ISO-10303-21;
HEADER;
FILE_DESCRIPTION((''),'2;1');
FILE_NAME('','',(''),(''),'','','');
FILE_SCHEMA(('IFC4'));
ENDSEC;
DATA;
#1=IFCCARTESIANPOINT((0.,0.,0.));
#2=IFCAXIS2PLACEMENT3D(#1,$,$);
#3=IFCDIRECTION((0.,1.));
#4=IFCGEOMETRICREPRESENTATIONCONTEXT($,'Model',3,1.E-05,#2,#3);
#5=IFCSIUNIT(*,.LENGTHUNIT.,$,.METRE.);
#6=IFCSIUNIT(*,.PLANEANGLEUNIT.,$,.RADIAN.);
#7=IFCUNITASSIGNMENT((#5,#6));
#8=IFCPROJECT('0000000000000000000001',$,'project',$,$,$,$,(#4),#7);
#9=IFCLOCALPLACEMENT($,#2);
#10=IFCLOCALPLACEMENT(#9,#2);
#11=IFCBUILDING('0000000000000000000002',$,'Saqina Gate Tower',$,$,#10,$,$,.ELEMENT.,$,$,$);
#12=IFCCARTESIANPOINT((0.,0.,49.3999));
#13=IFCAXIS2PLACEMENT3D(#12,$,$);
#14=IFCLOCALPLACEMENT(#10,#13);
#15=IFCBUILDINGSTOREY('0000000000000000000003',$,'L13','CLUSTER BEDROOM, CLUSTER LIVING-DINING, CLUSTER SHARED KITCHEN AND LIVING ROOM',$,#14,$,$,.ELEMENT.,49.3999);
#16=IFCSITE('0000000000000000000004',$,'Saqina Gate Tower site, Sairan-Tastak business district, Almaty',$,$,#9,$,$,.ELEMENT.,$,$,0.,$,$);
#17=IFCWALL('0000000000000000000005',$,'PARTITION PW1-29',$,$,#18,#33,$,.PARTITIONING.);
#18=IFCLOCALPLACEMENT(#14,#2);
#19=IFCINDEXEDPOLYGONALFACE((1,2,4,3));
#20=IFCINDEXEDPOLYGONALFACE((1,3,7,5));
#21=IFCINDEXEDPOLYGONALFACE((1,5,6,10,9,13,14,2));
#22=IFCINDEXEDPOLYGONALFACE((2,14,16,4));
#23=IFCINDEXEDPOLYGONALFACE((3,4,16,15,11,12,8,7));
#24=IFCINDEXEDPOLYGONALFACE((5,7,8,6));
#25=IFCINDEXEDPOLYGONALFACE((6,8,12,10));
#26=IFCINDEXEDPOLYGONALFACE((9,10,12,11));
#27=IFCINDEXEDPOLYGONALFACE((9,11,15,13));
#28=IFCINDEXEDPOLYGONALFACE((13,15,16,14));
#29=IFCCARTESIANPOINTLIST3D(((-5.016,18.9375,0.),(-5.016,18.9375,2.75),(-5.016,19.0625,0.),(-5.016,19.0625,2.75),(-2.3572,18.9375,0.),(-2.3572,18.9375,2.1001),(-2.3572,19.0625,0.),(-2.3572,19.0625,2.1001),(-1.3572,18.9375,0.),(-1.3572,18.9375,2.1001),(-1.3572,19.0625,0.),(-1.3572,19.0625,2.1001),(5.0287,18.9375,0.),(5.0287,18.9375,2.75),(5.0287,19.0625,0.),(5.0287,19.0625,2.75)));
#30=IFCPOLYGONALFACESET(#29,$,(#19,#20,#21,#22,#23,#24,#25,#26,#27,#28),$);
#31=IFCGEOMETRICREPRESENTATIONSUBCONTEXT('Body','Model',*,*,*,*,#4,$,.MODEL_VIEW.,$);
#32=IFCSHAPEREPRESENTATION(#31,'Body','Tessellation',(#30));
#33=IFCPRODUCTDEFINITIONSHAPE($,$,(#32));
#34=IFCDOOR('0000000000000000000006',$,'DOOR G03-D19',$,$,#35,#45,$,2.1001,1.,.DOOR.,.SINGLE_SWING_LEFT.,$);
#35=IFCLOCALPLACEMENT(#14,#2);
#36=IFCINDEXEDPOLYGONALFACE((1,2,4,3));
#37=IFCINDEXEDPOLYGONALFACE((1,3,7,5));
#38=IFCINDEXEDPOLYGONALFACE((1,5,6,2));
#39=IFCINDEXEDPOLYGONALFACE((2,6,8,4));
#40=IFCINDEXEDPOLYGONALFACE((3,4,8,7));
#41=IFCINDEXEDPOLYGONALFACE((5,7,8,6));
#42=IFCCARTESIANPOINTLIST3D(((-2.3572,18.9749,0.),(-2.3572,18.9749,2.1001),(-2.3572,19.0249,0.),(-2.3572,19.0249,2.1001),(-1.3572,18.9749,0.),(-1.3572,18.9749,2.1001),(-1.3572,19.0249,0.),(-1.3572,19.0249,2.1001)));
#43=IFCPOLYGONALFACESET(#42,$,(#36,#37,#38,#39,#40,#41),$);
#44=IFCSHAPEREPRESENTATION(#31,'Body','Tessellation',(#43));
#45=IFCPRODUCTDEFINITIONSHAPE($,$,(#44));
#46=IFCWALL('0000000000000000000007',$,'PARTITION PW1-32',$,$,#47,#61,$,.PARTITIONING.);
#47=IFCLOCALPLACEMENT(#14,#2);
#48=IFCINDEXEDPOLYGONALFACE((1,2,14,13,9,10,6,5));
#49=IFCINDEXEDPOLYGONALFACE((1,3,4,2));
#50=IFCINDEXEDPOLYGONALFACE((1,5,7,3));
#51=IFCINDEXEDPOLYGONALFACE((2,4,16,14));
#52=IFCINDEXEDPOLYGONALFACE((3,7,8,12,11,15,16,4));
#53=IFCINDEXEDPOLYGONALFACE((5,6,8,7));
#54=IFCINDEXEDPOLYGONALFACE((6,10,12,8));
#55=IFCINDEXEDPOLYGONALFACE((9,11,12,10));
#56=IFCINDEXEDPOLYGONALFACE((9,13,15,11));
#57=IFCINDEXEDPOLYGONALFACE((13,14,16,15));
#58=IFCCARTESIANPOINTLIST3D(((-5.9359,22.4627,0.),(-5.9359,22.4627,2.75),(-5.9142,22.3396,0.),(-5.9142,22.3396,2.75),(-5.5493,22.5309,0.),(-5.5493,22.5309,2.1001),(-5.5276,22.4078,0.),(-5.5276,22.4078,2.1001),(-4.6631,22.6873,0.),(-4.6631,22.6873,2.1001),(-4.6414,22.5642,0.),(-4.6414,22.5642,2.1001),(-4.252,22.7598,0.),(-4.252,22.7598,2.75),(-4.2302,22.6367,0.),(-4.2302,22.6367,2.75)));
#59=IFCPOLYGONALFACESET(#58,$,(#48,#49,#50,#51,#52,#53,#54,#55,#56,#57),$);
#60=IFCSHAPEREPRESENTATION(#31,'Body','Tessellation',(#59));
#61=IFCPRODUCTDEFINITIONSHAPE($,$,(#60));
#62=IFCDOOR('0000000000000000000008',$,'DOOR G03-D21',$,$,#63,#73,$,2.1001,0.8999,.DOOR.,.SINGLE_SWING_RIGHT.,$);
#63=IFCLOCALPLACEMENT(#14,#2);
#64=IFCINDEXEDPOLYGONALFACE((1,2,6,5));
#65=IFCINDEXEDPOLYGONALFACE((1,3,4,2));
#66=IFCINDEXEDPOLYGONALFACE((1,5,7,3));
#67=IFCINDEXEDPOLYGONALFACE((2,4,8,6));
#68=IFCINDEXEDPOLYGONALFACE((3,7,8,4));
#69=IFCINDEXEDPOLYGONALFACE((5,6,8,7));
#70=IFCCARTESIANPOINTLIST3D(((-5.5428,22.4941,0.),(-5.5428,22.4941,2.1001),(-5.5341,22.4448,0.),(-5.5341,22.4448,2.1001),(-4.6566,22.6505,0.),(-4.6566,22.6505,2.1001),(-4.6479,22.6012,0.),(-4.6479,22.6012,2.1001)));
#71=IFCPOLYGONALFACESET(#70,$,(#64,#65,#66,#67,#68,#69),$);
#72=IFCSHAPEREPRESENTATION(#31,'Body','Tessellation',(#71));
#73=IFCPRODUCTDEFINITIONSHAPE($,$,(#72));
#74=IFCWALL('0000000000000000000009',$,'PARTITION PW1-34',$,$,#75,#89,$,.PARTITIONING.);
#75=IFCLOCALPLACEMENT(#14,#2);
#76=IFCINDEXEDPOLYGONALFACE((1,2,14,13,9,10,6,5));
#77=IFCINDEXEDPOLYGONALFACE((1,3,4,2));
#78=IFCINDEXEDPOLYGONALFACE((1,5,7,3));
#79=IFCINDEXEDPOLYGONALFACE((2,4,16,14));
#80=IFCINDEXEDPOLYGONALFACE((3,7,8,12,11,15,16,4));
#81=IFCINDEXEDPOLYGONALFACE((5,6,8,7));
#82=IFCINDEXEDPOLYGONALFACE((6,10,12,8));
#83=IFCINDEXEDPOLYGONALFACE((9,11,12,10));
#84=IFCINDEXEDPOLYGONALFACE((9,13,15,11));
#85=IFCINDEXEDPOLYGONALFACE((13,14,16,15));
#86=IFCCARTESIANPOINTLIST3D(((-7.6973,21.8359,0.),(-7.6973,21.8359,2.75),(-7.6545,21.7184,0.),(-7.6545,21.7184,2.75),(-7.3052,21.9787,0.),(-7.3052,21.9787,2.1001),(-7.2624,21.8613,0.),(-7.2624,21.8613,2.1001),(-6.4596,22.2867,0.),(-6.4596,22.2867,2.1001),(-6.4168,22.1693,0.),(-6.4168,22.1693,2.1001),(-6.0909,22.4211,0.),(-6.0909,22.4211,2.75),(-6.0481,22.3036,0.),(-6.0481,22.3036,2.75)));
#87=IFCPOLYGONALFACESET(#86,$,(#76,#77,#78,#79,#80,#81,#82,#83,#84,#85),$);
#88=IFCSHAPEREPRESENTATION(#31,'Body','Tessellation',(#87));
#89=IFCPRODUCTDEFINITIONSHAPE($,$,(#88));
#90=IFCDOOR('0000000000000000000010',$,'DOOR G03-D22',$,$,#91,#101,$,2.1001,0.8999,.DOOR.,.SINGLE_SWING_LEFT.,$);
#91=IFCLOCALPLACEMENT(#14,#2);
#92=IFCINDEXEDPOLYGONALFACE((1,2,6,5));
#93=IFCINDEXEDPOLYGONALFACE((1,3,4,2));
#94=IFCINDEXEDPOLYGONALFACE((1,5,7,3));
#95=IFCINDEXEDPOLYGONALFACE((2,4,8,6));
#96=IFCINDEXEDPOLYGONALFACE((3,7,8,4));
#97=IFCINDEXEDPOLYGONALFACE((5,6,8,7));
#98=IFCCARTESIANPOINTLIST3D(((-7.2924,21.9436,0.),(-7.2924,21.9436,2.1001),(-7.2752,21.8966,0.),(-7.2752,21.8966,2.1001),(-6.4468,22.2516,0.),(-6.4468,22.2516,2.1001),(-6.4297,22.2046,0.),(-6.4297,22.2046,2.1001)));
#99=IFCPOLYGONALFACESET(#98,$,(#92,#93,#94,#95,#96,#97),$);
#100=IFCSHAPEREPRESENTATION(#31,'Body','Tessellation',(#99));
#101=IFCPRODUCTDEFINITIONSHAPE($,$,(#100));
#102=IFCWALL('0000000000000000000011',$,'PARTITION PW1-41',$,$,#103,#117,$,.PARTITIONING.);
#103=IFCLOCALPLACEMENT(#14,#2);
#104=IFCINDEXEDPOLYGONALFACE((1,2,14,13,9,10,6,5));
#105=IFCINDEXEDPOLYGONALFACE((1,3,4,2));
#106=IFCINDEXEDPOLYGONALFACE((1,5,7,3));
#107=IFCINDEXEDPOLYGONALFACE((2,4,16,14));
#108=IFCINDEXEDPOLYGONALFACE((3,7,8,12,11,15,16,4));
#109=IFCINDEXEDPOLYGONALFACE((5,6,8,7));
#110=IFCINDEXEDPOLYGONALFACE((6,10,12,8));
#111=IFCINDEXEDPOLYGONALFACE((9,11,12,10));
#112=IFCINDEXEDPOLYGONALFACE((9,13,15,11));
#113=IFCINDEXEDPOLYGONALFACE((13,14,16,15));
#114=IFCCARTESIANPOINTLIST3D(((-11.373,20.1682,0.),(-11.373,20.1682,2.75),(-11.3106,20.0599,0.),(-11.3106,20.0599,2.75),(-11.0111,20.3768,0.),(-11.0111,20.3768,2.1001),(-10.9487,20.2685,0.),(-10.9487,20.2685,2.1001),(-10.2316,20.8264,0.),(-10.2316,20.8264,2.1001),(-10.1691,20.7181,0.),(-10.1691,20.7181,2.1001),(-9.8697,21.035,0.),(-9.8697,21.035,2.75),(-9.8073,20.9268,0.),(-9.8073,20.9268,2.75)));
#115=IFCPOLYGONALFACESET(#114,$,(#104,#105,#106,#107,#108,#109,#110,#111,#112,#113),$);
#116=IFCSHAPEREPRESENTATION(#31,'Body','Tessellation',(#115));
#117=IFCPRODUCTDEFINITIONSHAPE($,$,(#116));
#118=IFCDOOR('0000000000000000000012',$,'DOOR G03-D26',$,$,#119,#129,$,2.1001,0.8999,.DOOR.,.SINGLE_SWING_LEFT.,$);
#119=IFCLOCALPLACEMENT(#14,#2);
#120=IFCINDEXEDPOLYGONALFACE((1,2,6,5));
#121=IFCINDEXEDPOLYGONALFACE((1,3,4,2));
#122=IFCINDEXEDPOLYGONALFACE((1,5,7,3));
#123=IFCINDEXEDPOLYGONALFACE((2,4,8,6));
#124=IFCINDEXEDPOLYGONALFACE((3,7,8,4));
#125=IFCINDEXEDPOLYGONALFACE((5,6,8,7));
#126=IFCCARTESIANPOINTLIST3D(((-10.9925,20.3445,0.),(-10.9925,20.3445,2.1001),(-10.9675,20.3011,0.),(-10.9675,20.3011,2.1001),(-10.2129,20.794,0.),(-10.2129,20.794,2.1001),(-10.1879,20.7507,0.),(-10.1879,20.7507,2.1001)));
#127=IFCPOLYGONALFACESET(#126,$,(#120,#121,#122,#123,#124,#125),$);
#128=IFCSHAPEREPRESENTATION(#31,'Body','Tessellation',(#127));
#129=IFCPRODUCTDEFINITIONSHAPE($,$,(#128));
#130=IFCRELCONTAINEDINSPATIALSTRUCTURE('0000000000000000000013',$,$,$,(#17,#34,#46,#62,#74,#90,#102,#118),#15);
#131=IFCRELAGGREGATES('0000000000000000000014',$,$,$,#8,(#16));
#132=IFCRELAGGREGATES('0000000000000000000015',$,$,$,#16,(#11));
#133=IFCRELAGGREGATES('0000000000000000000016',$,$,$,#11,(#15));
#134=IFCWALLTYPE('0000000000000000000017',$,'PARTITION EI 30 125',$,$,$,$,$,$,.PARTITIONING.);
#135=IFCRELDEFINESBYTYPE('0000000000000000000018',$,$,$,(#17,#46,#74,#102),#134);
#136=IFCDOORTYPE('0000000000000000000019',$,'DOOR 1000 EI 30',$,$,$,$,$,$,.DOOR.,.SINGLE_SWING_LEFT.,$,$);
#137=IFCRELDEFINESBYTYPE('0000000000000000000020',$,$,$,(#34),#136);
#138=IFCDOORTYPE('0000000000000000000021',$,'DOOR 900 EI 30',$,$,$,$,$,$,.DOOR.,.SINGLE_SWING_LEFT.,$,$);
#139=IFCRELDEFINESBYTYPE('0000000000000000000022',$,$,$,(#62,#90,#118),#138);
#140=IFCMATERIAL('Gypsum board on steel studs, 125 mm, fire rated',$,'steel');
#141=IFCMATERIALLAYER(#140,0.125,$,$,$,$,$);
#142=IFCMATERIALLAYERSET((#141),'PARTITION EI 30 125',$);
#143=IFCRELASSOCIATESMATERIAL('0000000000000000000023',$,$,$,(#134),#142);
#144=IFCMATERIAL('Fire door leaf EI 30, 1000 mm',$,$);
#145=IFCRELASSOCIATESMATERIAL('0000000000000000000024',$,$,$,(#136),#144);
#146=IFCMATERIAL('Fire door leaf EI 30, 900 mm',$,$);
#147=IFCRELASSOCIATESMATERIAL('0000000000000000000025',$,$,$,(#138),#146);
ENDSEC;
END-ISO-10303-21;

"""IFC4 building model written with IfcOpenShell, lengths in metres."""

from ifc_helpers import new_model, si_unit, direction, frame, frame_2d, origin, place, context, subcontext, project, spatial, rectangle, extrude, material, layer, layer_set, type_object, element, fill, save


model = new_model("IFC4")

# Units and contexts
model_context = context("Model", 3, precision=1e-05, world=origin(), true_north=direction((0.0, 1.0)))
body_context = subcontext(model_context, "Body", "Model", "MODEL_VIEW")
ifc_project = project(units=[si_unit("LENGTHUNIT", "METRE"), si_unit("PLANEANGLEUNIT", "RADIAN")], contexts=[model_context])

# Site, building, storey
site_placement = place(None, origin())
site = spatial("IfcSite", under=ifc_project, at=site_placement, Name="Saqina Gate Tower site, Sairan-Tastak business district, Almaty", CompositionType="ELEMENT", RefElevation=0.0)
building_placement = place(site_placement, origin())
building = spatial("IfcBuilding", under=site, at=building_placement, Name="Saqina Gate Tower", CompositionType="ELEMENT")
storey_placement = place(building_placement, frame((0.0, 0.0, 49.3999)))
storey = spatial("IfcBuildingStorey", under=building, at=storey_placement, Name="L13", Description="CLUSTER BEDROOM, CLUSTER LIVING-DINING, CLUSTER SHARED KITCHEN AND LIVING ROOM", CompositionType="ELEMENT", Elevation=49.3999)

# Shared definitions
ifc_material_1 = material(Name="Gypsum board on steel studs, 125 mm, fire rated", Category="steel")
ifc_layer_1 = layer(ifc_material_1, 0.125)
ifc_layer_set_1 = layer_set([ifc_layer_1], Name="PARTITION EI 30 125")
wall_type_1 = type_object("IfcWallType", Name="PARTITION EI 30 125", PredefinedType="PARTITIONING", material=ifc_layer_set_1)

# Walls, openings, doors
wall_1_placement = place(storey_placement, frame((-5.0161, 19.0, 0.0), z_axis=(0.0, 0.0, 1.0), x_axis=(1.0, 0.0, 0.0)))
wall_1 = element("IfcWall", 1, at=wall_1_placement, inside=storey, type_object=wall_type_1, Name="PARTITION PW1-29", PredefinedType="PARTITIONING", context=body_context, shape_type="SweptSolid", body=[
    extrude(rectangle(XDim=10.0447, YDim=0.125, at=frame_2d((5.0225, 0.0))), origin(), (0.0, 0.0, 1.0), 2.75),
])
opening_1_placement = place(wall_1_placement, frame((2.6589, 0.0, 0.0)))
opening_1 = element("IfcOpeningElement", 2, at=opening_1_placement, cuts=wall_1, PredefinedType="OPENING", context=body_context, shape_type="SweptSolid", body=[
    extrude(rectangle(XDim=1.0, YDim=2.1001, at=frame_2d((0.5, 1.05))), frame((0.0, 0.0745, 0.0), z_axis=(0.0, -1.0, 0.0), x_axis=(1.0, 0.0, 0.0)), (0.0, 0.0, 1.0), 0.1489),
])
ifc_material_2 = material(Name="Fire door leaf EI 30, 1000 mm")
door_type_1 = type_object("IfcDoorType", Name="DOOR 1000 EI 30", OperationType="SINGLE_SWING_LEFT", PredefinedType="DOOR", material=ifc_material_2)
door_1_placement = place(opening_1_placement, origin())
door_1 = element("IfcDoor", 3, at=door_1_placement, inside=storey, type_object=door_type_1, Name="DOOR G03-D19", OperationType="SINGLE_SWING_LEFT", OverallHeight=2.1001, OverallWidth=1.0, PredefinedType="DOOR", context=body_context, shape_type="SweptSolid", body=[
    extrude(rectangle(XDim=1.0, YDim=2.1001, at=frame_2d((0.5, 1.05))), frame((0.0, 0.0249, 0.0), z_axis=(0.0, -1.0, 0.0), x_axis=(1.0, 0.0, 0.0)), (0.0, 0.0, 1.0), 0.05),
])
fill(opening_1, door_1)
wall_2_placement = place(storey_placement, frame((-5.925, 22.4011, 0.0), z_axis=(0.0, 0.0, 1.0), x_axis=(0.984786, 0.173769, 0.0)))
wall_2 = element("IfcWall", 4, at=wall_2_placement, inside=storey, type_object=wall_type_1, Name="PARTITION PW1-32", PredefinedType="PARTITIONING", context=body_context, shape_type="SweptSolid", body=[
    extrude(rectangle(XDim=1.71, YDim=0.125, at=frame_2d((0.855, 0.0))), origin(), (0.0, 0.0, 1.0), 2.75),
])
opening_2_placement = place(wall_2_placement, frame((0.3926, 0.0, 0.0)))
opening_2 = element("IfcOpeningElement", 5, at=opening_2_placement, cuts=wall_2, PredefinedType="OPENING", context=body_context, shape_type="SweptSolid", body=[
    extrude(rectangle(XDim=0.8999, YDim=2.1001, at=frame_2d((0.45, 1.05))), frame((0.0, 0.0745, 0.0), z_axis=(0.0, -1.0, 0.0), x_axis=(1.0, 0.0, 0.0)), (0.0, 0.0, 1.0), 0.1489),
])
ifc_material_3 = material(Name="Fire door leaf EI 30, 900 mm")
door_type_2 = type_object("IfcDoorType", Name="DOOR 900 EI 30", OperationType="SINGLE_SWING_LEFT", PredefinedType="DOOR", material=ifc_material_3)
door_2_placement = place(opening_2_placement, frame((0.8999, 0.0, 0.0), z_axis=(0.0, 0.0, 1.0), x_axis=(-1.0, 0.0, 0.0)))
door_2 = element("IfcDoor", 6, at=door_2_placement, inside=storey, type_object=door_type_2, Name="DOOR G03-D21", OperationType="SINGLE_SWING_RIGHT", OverallHeight=2.1001, OverallWidth=0.8999, PredefinedType="DOOR", context=body_context, shape_type="SweptSolid", body=[
    extrude(rectangle(XDim=0.8999, YDim=2.1001, at=frame_2d((0.45, 1.05))), frame((0.0, 0.0249, 0.0), z_axis=(0.0, -1.0, 0.0), x_axis=(1.0, 0.0, 0.0)), (0.0, 0.0, 1.0), 0.05),
])
fill(opening_2, door_2)
wall_3_placement = place(storey_placement, frame((-7.676, 21.7771, 0.0), z_axis=(0.0, 0.0, 1.0), x_axis=(0.939597, 0.342282, 0.0)))
wall_3 = element("IfcWall", 7, at=wall_3_placement, inside=storey, type_object=wall_type_1, Name="PARTITION PW1-34", PredefinedType="PARTITIONING", context=body_context, shape_type="SweptSolid", body=[
    extrude(rectangle(XDim=1.7097, YDim=0.125, at=frame_2d((0.855, 0.0))), origin(), (0.0, 0.0, 1.0), 2.75),
])
opening_3_placement = place(wall_3_placement, frame((0.4175, 0.0, 0.0)))
opening_3 = element("IfcOpeningElement", 8, at=opening_3_placement, cuts=wall_3, PredefinedType="OPENING", context=body_context, shape_type="SweptSolid", body=[
    extrude(rectangle(XDim=0.8999, YDim=2.1001, at=frame_2d((0.45, 1.05))), frame((0.0, 0.0745, 0.0), z_axis=(0.0, -1.0, 0.0), x_axis=(1.0, 0.0, 0.0)), (0.0, 0.0, 1.0), 0.1489),
])
door_3_placement = place(opening_3_placement, frame((0.8999, 0.0, 0.0), z_axis=(0.0, 0.0, 1.0), x_axis=(-1.0, 0.0, 0.0)))
door_3 = element("IfcDoor", 9, at=door_3_placement, inside=storey, type_object=door_type_2, Name="DOOR G03-D22", OperationType="SINGLE_SWING_LEFT", OverallHeight=2.1001, OverallWidth=0.8999, PredefinedType="DOOR", context=body_context, shape_type="SweptSolid", body=[
    extrude(rectangle(XDim=0.8999, YDim=2.1001, at=frame_2d((0.45, 1.05))), frame((0.0, 0.0249, 0.0), z_axis=(0.0, -1.0, 0.0), x_axis=(1.0, 0.0, 0.0)), (0.0, 0.0, 1.0), 0.05),
])
fill(opening_3, door_3)
wall_4_placement = place(storey_placement, frame((-11.3418, 20.114, 0.0), z_axis=(0.0, 0.0, 1.0), x_axis=(0.866289, 0.499544, 0.0)))
wall_4 = element("IfcWall", 10, at=wall_4_placement, inside=storey, type_object=wall_type_1, Name="PARTITION PW1-41", PredefinedType="PARTITIONING", context=body_context, shape_type="SweptSolid", body=[
    extrude(rectangle(XDim=1.7354, YDim=0.125, at=frame_2d((0.8677, 0.0))), origin(), (0.0, 0.0, 1.0), 2.75),
])
opening_4_placement = place(wall_4_placement, frame((0.4177, 0.0, 0.0)))
opening_4 = element("IfcOpeningElement", 11, at=opening_4_placement, cuts=wall_4, PredefinedType="OPENING", context=body_context, shape_type="SweptSolid", body=[
    extrude(rectangle(XDim=0.8999, YDim=2.1001, at=frame_2d((0.45, 1.05))), frame((0.0, 0.0745, 0.0), z_axis=(0.0, -1.0, 0.0), x_axis=(1.0, 0.0, 0.0)), (0.0, 0.0, 1.0), 0.1489),
])
door_4_placement = place(opening_4_placement, frame((0.8999, 0.0, 0.0), z_axis=(0.0, 0.0, 1.0), x_axis=(-1.0, 0.0, 0.0)))
door_4 = element("IfcDoor", 12, at=door_4_placement, inside=storey, type_object=door_type_2, Name="DOOR G03-D26", OperationType="SINGLE_SWING_LEFT", OverallHeight=2.1001, OverallWidth=0.8999, PredefinedType="DOOR", context=body_context, shape_type="SweptSolid", body=[
    extrude(rectangle(XDim=0.8999, YDim=2.1001, at=frame_2d((0.45, 1.05))), frame((0.0, 0.0249, 0.0), z_axis=(0.0, -1.0, 0.0), x_axis=(1.0, 0.0, 0.0)), (0.0, 0.0, 1.0), 0.05),
])
fill(opening_4, door_4)

save(model, "model.ifc")
